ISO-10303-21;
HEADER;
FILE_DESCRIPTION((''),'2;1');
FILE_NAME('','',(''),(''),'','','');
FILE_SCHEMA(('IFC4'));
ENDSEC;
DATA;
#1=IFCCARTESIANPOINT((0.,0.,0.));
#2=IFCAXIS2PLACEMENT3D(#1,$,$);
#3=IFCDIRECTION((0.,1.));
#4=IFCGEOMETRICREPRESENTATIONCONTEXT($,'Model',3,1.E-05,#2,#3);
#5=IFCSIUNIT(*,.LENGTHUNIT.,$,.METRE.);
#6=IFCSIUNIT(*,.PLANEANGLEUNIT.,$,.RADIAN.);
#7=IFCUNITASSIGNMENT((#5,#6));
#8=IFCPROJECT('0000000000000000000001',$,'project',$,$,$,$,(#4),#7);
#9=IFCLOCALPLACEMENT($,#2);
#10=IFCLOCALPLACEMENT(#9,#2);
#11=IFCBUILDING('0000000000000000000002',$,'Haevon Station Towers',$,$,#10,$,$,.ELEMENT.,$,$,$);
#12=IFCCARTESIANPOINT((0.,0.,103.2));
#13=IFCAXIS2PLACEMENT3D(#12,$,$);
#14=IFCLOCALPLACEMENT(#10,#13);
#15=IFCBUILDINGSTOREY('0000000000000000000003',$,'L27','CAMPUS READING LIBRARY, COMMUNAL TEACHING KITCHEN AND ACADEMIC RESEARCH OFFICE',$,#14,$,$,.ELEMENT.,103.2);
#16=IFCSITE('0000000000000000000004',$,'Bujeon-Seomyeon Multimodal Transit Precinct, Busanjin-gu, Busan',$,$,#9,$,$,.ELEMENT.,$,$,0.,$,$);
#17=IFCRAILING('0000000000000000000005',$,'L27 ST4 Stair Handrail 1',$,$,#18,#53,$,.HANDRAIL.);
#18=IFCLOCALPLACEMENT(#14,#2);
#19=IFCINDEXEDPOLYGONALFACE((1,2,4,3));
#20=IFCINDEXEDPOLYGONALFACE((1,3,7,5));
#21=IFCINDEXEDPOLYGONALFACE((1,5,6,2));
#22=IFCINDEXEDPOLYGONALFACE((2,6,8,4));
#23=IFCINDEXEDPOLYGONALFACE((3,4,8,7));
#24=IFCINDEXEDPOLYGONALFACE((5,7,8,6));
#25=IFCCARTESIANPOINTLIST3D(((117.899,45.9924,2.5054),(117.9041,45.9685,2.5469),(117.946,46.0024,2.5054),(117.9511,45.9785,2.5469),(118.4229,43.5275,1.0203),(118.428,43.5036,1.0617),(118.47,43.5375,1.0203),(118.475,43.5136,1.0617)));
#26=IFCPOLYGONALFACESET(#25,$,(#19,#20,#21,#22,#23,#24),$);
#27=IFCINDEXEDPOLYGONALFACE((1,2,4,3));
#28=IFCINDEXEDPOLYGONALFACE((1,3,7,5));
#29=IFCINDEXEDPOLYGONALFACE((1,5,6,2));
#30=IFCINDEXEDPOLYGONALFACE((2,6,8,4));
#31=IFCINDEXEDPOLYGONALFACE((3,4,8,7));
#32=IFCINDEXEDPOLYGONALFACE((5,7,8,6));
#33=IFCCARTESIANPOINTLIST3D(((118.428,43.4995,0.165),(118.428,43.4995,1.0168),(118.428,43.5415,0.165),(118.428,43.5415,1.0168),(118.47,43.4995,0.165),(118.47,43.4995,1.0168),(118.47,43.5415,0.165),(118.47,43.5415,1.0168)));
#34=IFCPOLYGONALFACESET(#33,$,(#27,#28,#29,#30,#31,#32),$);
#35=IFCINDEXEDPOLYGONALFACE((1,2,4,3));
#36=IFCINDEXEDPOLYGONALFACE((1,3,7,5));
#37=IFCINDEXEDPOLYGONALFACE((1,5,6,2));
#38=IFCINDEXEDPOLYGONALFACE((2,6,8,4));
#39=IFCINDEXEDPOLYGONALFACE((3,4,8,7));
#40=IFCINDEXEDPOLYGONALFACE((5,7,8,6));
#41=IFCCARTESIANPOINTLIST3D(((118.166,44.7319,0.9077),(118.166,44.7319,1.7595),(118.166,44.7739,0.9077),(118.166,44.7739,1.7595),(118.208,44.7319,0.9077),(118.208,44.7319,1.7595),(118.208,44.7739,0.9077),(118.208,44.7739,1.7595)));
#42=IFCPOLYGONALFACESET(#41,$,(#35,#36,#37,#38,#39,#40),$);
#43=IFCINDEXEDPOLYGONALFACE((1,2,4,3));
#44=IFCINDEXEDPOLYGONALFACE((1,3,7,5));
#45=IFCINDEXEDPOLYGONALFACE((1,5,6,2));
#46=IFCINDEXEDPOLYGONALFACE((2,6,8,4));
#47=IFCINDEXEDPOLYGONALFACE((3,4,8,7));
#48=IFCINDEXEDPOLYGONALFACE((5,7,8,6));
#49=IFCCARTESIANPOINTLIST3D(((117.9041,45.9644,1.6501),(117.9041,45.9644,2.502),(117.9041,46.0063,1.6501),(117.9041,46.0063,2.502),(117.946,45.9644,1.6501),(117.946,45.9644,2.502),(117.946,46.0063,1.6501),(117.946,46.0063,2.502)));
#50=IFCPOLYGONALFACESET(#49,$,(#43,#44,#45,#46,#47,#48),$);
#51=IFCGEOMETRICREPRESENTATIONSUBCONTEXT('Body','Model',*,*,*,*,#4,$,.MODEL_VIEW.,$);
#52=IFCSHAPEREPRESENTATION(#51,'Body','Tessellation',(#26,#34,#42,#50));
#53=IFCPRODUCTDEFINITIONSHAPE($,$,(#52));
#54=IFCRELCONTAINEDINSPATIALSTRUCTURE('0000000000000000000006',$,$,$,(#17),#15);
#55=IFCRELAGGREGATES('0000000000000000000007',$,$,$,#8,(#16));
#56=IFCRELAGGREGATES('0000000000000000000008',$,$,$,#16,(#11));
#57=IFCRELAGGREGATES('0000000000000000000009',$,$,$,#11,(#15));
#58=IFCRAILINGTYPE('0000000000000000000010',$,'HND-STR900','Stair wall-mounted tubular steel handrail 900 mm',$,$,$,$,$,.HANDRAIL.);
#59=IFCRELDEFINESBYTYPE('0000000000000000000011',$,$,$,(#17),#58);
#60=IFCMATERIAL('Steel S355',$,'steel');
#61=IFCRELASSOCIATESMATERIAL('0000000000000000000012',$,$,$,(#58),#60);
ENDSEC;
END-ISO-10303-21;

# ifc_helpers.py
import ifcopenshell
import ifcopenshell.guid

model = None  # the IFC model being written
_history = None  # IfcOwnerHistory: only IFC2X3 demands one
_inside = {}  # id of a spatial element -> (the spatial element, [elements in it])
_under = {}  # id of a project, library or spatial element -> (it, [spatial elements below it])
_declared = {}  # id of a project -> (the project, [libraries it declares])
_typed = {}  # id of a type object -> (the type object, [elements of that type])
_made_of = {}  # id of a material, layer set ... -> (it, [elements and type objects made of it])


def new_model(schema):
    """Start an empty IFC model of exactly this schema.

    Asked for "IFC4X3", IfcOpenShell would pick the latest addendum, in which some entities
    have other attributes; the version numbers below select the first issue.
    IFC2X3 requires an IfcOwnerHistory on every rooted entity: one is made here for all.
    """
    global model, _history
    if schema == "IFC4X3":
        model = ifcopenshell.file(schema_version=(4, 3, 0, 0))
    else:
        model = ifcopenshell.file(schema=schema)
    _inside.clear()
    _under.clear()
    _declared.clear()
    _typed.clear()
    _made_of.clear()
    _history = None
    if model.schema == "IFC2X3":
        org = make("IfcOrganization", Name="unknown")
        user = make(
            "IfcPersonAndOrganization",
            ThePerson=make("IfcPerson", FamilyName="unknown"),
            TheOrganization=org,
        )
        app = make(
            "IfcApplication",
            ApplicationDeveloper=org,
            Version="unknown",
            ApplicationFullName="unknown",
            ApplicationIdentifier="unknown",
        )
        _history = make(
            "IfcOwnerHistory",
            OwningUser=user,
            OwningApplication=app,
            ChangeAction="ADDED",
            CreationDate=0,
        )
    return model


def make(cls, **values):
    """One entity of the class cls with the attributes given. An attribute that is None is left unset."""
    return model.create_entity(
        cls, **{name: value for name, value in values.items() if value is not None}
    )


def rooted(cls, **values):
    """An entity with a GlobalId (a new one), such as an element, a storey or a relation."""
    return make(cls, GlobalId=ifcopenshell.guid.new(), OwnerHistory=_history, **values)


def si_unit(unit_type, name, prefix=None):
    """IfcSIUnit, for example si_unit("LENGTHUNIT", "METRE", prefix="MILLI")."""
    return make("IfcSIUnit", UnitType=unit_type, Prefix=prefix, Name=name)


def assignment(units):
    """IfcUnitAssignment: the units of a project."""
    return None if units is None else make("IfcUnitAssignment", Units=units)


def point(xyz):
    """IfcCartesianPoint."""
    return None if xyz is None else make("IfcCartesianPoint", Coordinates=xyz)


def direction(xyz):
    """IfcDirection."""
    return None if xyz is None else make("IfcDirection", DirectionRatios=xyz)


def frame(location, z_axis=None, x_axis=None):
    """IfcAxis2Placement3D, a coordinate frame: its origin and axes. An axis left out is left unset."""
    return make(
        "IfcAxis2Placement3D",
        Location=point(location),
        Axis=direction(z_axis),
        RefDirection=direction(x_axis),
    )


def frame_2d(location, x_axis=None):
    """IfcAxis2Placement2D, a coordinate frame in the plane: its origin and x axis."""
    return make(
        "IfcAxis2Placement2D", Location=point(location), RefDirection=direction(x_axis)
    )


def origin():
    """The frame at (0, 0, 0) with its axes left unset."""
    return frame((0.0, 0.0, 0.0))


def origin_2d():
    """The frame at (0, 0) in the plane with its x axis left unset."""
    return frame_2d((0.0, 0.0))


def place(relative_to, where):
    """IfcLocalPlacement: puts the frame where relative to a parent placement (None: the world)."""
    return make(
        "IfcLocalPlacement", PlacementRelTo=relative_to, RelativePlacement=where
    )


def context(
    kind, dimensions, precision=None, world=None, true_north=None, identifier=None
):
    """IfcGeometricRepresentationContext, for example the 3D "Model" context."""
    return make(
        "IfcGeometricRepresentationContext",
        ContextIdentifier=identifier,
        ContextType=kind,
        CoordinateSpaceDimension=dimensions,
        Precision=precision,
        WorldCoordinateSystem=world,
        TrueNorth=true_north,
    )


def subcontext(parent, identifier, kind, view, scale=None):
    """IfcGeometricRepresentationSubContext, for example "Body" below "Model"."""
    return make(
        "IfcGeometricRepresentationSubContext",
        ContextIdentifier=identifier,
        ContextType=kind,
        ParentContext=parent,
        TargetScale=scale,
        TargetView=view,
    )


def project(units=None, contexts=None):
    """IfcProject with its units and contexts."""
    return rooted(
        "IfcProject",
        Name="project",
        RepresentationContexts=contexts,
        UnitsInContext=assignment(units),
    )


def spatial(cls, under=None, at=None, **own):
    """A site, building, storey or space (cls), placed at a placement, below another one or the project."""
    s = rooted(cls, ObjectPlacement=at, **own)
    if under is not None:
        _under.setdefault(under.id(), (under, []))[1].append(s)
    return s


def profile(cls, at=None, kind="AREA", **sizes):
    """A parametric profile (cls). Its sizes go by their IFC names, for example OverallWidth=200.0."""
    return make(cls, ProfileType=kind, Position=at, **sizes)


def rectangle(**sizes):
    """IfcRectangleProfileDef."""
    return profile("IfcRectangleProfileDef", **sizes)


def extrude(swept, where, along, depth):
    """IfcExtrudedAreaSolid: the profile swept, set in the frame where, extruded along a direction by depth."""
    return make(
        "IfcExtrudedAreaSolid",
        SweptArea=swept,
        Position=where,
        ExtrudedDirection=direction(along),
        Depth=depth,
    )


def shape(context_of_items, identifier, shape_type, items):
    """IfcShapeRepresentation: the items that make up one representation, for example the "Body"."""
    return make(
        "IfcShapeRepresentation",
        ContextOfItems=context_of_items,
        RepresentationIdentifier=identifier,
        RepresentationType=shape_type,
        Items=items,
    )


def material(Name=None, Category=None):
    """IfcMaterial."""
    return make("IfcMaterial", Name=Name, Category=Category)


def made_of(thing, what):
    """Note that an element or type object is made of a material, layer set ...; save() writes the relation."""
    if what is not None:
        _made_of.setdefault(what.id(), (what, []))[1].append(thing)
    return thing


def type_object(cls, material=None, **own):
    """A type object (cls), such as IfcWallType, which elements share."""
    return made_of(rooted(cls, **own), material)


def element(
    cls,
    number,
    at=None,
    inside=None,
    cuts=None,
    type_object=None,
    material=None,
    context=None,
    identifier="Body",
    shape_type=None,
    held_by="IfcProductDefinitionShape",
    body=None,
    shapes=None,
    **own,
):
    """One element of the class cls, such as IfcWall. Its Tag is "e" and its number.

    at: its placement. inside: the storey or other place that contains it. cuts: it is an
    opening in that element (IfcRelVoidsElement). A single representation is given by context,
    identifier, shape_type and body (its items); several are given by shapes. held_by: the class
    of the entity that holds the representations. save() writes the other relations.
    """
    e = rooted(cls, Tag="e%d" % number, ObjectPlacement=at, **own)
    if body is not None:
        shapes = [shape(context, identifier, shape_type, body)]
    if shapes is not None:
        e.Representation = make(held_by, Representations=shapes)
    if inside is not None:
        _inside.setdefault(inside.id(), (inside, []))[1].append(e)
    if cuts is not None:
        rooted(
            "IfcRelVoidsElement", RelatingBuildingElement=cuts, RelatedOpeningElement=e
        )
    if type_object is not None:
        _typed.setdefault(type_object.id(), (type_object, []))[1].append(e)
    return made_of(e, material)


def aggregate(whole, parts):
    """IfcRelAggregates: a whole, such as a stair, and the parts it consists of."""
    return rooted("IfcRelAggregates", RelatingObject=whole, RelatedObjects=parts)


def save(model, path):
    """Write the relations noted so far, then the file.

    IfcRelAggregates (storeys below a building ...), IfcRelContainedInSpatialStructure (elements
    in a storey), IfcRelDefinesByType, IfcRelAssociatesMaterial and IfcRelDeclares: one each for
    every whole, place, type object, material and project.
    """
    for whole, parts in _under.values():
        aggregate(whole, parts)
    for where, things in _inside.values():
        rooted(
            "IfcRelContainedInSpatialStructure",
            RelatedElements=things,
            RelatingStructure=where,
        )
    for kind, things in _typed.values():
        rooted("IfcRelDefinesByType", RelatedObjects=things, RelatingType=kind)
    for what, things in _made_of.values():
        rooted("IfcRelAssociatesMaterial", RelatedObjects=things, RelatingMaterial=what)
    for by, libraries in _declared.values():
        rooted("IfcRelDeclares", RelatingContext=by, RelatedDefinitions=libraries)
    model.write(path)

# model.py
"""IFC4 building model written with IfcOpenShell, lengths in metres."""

from ifc_helpers import new_model, si_unit, direction, frame, origin, origin_2d, place, context, subcontext, project, spatial, rectangle, extrude, material, type_object, element, save


model = new_model("IFC4")

# Units and contexts
model_context = context("Model", 3, precision=1e-05, world=origin(), true_north=direction((0.0, 1.0)))
body_context = subcontext(model_context, "Body", "Model", "MODEL_VIEW")
ifc_project = project(units=[si_unit("LENGTHUNIT", "METRE"), si_unit("PLANEANGLEUNIT", "RADIAN")], contexts=[model_context])

# Site, building, storey
site_placement = place(None, origin())
site = spatial("IfcSite", under=ifc_project, at=site_placement, Name="Bujeon-Seomyeon Multimodal Transit Precinct, Busanjin-gu, Busan", CompositionType="ELEMENT", RefElevation=0.0)
building_placement = place(site_placement, origin())
building = spatial("IfcBuilding", under=site, at=building_placement, Name="Haevon Station Towers", CompositionType="ELEMENT")
storey_placement = place(building_placement, frame((0.0, 0.0, 103.2)))
storey = spatial("IfcBuildingStorey", under=building, at=storey_placement, Name="L27", Description="CAMPUS READING LIBRARY, COMMUNAL TEACHING KITCHEN AND ACADEMIC RESEARCH OFFICE", CompositionType="ELEMENT", Elevation=103.2)

# Shared definitions
ifc_material_1 = material(Name="Steel S355", Category="steel")

# Railing
railing_type_1 = type_object("IfcRailingType", Name="HND-STR900", Description="Stair wall-mounted tubular steel handrail 900 mm", PredefinedType="HANDRAIL", material=ifc_material_1)
railing_1_placement = place(storey_placement, frame((118.449, 43.5205, 0.165)))
element("IfcRailing", 1, at=railing_1_placement, inside=storey, type_object=railing_type_1, Name="L27 ST4 Stair Handrail 1", PredefinedType="HANDRAIL", context=body_context, shape_type="SweptSolid", body=[
    extrude(rectangle(XDim=0.0481, YDim=0.0481, at=origin_2d()), frame((0.0, 0.0, 0.876), z_axis=(-0.179121, 0.842688, 0.507733), x_axis=(-0.978147, -0.207914, 0.0)), (0.0, 0.0, 1.0), 2.925),
    extrude(rectangle(XDim=0.042, YDim=0.042, at=origin_2d()), origin(), (0.0, 0.0, 1.0), 0.8518),
    extrude(rectangle(XDim=0.042, YDim=0.042, at=origin_2d()), frame((-0.262, 1.2324, 0.7427)), (0.0, 0.0, 1.0), 0.8518),
    extrude(rectangle(XDim=0.042, YDim=0.042, at=origin_2d()), frame((-0.5239, 2.4648, 1.4851)), (0.0, 0.0, 1.0), 0.8518),
])

save(model, "model.ifc")
